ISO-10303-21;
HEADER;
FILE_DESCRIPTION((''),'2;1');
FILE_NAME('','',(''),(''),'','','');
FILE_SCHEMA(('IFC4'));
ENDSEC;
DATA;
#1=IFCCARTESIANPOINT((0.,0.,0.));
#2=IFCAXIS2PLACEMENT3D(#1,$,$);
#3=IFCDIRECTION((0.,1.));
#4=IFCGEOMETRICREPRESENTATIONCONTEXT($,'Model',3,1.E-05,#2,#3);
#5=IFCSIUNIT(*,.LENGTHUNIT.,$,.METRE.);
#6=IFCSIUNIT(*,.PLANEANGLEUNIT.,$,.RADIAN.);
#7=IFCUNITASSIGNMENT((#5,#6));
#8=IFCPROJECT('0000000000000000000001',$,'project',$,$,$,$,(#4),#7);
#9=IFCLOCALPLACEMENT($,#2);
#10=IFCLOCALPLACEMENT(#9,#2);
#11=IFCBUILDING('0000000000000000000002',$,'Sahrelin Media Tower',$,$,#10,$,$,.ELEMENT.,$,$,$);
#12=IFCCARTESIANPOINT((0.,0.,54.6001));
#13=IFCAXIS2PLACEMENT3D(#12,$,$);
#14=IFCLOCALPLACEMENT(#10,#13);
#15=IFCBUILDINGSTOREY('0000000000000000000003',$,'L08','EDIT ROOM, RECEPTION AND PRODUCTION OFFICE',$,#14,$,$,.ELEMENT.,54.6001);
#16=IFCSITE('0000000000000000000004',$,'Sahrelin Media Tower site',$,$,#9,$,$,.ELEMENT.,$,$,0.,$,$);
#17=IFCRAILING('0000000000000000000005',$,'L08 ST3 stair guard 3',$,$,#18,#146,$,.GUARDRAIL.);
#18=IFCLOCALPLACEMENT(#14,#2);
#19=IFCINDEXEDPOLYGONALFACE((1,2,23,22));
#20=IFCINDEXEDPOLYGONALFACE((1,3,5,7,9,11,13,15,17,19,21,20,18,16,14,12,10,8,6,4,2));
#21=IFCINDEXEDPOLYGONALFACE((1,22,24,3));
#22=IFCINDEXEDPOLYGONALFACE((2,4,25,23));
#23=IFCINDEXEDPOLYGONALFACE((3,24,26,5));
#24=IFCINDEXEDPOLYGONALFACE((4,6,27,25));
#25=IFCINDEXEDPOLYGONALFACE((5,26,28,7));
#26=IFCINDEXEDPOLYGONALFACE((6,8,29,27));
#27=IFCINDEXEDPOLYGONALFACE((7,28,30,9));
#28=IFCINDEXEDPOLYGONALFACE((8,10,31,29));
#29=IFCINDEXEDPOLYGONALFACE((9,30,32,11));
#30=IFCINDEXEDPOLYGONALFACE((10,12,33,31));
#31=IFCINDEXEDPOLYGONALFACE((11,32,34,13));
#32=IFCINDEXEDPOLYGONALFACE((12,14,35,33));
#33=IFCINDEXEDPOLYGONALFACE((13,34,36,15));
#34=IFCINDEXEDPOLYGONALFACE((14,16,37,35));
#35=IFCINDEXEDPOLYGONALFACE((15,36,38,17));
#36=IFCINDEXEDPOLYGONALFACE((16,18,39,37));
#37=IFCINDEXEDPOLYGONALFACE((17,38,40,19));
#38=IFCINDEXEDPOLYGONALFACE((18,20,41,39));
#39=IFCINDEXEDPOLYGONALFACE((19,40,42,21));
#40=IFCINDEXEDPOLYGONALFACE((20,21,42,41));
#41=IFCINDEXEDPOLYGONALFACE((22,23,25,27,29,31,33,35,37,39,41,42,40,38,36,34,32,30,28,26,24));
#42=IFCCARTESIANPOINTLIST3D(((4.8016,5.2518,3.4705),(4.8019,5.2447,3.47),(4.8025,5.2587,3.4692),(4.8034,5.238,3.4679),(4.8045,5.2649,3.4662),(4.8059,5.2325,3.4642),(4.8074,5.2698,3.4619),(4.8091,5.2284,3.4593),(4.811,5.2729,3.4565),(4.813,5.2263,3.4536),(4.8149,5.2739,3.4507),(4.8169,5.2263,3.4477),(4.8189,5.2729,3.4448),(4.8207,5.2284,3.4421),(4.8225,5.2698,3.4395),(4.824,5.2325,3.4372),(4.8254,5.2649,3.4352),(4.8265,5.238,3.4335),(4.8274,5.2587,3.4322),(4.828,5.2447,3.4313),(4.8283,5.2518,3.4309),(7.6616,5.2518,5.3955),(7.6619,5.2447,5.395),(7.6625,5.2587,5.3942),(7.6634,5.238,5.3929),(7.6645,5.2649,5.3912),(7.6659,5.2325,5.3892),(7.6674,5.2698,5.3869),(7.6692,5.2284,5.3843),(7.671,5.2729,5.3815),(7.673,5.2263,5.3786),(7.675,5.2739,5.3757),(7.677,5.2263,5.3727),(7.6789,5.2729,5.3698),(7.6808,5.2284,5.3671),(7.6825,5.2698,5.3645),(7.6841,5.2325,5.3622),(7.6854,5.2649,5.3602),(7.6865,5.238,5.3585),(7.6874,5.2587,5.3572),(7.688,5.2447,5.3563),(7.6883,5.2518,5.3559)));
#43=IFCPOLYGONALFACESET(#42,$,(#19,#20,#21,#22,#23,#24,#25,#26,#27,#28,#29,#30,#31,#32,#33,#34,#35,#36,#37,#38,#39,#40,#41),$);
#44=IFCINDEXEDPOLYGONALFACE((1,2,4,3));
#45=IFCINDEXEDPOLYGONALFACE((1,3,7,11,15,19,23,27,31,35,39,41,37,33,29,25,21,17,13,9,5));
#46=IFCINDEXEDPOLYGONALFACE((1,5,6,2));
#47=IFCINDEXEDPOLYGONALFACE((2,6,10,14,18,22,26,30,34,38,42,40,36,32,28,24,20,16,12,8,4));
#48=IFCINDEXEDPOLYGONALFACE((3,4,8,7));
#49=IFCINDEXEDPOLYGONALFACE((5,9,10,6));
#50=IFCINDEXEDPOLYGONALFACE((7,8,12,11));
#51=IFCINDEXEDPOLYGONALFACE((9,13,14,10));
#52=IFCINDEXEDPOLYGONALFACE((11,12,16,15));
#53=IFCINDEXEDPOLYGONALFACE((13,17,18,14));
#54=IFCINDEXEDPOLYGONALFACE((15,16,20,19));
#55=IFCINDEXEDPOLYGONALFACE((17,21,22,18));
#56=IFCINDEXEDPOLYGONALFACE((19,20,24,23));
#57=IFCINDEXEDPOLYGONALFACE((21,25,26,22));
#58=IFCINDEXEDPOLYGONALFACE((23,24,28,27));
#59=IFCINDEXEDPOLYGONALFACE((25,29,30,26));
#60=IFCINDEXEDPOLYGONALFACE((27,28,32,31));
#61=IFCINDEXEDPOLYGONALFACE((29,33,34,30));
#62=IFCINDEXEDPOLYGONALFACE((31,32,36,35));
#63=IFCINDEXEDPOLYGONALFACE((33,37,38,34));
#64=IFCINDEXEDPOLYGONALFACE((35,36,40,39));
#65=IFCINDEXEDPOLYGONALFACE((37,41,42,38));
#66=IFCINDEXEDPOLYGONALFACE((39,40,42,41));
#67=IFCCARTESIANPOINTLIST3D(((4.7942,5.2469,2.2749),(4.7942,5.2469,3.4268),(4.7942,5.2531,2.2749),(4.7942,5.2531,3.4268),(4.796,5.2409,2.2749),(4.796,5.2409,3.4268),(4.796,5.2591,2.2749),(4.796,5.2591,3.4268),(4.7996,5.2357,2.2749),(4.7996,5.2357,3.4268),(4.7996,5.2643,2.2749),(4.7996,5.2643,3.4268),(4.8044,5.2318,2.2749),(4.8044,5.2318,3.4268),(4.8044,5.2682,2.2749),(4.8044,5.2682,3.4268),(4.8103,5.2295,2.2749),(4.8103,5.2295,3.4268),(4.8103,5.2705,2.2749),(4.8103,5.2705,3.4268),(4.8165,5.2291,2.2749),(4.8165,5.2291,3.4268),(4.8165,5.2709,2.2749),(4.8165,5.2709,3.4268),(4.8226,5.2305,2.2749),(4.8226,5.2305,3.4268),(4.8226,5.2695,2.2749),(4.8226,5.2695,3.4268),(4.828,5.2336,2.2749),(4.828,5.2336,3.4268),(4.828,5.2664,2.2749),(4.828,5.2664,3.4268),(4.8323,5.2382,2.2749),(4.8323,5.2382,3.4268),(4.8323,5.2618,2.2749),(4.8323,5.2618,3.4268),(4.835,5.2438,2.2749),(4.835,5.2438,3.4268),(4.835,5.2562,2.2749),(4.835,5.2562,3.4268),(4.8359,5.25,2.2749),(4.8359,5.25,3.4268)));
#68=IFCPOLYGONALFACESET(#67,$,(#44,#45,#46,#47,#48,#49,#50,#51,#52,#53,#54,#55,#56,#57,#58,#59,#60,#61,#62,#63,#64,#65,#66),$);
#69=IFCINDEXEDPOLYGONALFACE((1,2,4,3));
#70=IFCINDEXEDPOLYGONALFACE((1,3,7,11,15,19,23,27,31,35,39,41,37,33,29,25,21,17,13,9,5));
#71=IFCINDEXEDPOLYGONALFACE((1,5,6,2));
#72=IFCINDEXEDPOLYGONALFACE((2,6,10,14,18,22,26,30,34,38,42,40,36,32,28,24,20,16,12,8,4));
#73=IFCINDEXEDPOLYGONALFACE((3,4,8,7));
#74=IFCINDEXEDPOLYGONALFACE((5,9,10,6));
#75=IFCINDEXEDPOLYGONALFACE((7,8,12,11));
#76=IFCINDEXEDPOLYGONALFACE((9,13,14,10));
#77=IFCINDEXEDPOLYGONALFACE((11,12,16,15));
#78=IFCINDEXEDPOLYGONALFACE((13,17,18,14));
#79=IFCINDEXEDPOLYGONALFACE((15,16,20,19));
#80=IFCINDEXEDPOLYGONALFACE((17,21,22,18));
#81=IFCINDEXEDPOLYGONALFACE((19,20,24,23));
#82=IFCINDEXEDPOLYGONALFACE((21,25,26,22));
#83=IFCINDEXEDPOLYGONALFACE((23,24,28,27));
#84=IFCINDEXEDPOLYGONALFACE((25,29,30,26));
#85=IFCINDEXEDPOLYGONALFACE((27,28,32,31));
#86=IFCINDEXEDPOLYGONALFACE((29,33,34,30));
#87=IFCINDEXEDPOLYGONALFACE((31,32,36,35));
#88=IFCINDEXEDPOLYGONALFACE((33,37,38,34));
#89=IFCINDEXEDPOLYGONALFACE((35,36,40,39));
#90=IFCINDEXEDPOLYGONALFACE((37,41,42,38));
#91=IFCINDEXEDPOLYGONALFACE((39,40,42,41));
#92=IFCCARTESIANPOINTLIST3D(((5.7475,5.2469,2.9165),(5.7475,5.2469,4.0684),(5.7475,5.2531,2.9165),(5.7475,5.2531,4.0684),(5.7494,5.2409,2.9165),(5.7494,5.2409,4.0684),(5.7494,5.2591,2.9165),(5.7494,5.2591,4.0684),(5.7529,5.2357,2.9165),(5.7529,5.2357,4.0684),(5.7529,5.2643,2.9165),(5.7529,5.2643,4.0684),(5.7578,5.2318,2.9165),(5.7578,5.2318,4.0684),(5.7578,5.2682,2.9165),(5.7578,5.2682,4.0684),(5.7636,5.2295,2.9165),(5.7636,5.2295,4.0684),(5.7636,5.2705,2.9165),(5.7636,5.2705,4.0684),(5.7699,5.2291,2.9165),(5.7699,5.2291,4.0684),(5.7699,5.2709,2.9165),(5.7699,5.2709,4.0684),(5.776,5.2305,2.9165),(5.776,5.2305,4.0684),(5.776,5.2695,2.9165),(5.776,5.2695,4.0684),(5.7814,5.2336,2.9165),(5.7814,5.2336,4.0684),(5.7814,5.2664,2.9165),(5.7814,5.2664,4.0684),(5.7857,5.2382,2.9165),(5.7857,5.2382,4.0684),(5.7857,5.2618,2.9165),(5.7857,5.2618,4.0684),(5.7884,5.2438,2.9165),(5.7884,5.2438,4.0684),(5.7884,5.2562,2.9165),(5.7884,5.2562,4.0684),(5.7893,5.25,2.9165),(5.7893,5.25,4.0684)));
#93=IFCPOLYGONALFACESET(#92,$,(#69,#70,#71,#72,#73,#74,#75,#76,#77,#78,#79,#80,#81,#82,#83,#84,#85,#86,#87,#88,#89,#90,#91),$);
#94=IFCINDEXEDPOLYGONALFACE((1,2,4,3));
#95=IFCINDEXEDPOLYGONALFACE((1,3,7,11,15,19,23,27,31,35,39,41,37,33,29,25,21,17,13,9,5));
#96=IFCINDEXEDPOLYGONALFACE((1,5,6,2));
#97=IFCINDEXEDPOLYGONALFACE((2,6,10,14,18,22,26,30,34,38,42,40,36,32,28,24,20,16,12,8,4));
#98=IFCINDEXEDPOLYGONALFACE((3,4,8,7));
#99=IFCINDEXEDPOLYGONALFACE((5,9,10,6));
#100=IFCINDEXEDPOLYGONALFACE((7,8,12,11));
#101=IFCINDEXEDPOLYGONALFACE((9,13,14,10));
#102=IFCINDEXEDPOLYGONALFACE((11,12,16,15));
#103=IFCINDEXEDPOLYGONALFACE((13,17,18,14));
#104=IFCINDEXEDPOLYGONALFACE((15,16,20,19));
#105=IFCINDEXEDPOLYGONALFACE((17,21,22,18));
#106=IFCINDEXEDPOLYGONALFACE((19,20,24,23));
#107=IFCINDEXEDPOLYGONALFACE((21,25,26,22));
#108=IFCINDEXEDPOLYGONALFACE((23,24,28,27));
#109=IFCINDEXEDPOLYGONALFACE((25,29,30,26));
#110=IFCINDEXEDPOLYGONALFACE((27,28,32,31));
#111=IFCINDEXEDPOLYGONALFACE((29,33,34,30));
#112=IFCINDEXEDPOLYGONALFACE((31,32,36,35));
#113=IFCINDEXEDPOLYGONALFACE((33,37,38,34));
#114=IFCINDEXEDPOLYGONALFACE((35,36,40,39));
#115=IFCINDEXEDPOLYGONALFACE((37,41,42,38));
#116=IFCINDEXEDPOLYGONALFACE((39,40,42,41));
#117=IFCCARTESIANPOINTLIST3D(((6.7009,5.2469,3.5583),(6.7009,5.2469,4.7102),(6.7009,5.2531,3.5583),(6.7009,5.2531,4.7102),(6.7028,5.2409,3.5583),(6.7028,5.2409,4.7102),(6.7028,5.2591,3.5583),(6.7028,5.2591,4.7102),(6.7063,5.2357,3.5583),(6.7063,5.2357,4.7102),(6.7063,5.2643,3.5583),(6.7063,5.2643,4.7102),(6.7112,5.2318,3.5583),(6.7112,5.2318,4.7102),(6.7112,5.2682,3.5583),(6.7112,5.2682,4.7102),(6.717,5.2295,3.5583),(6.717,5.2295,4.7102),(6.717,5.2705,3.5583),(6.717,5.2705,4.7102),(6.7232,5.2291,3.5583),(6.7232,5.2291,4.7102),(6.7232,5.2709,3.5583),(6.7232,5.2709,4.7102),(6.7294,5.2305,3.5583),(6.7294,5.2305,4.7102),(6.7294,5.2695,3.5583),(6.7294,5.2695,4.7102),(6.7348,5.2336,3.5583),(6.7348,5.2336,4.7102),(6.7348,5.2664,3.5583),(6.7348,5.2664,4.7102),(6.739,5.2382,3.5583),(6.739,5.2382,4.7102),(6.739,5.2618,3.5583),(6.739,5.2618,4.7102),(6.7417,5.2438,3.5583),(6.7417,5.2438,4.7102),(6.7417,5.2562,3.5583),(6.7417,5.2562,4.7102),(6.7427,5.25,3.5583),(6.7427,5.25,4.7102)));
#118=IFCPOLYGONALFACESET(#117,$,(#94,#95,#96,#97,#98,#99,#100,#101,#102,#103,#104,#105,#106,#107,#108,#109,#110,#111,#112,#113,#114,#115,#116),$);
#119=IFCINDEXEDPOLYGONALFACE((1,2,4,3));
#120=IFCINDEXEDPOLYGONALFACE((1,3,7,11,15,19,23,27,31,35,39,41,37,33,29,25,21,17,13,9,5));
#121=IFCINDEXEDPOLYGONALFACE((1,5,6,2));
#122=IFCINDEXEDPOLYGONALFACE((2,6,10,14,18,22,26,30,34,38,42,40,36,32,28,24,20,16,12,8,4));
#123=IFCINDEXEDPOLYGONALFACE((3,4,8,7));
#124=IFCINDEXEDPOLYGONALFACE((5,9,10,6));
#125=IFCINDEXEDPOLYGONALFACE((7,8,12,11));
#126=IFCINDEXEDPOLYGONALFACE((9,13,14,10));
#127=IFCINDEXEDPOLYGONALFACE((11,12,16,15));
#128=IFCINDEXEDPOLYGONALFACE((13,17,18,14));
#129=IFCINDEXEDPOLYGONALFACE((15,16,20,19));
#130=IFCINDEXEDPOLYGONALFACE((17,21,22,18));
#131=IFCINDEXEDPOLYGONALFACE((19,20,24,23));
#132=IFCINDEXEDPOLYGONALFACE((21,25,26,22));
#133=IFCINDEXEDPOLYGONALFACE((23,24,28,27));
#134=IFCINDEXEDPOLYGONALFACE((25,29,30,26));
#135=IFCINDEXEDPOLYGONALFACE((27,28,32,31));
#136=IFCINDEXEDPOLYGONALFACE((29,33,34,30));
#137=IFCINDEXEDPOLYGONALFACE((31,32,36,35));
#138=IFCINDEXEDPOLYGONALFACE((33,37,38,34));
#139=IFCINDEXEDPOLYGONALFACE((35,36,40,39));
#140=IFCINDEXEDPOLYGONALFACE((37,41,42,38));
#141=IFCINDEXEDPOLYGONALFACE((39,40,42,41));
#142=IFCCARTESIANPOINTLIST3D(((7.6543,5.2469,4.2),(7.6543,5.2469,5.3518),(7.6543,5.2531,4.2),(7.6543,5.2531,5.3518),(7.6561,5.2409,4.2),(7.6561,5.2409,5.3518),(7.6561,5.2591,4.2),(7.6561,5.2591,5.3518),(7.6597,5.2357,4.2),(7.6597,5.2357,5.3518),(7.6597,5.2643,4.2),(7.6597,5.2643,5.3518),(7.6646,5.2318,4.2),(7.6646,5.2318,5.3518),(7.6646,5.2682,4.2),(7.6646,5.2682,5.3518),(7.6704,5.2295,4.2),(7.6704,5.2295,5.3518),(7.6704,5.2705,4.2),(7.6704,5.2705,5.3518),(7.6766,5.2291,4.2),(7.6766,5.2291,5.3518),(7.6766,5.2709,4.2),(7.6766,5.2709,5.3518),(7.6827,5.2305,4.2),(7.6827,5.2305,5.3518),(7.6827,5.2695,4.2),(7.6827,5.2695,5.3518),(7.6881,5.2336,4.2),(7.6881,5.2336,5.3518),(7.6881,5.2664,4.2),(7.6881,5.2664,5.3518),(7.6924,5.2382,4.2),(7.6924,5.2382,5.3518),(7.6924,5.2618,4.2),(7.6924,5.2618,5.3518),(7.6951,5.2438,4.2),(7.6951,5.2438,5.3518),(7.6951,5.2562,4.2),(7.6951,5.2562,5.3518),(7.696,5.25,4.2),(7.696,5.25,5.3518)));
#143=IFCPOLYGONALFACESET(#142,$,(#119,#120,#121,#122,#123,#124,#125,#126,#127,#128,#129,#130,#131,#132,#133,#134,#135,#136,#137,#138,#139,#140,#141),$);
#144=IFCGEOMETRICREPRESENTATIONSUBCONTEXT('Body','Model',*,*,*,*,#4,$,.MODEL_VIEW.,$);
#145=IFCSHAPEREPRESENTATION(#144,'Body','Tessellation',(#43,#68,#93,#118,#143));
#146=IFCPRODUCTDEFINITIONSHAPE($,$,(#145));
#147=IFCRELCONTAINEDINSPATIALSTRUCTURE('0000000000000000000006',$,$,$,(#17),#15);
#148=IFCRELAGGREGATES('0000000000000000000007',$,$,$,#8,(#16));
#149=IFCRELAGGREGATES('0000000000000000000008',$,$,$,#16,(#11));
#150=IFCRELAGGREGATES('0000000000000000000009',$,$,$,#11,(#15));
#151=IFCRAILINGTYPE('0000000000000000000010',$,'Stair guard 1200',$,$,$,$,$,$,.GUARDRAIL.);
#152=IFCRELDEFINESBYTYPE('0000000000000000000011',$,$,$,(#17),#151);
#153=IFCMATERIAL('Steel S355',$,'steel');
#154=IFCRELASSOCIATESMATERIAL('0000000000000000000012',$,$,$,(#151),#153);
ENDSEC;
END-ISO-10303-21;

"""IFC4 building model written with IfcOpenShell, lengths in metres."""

from ifc_helpers import new_model, si_unit, direction, frame, origin, origin_2d, place, context, subcontext, project, spatial, circle, extrude, material, type_object, element, save


model = new_model("IFC4")

# Units and contexts
model_context = context("Model", 3, precision=1e-05, world=origin(), true_north=direction((0.0, 1.0)))
body_context = subcontext(model_context, "Body", "Model", "MODEL_VIEW")
ifc_project = project(units=[si_unit("LENGTHUNIT", "METRE"), si_unit("PLANEANGLEUNIT", "RADIAN")], contexts=[model_context])

# Site, building, storey
site_placement = place(None, origin())
site = spatial("IfcSite", under=ifc_project, at=site_placement, Name="Sahrelin Media Tower site", CompositionType="ELEMENT", RefElevation=0.0)
building_placement = place(site_placement, origin())
building = spatial("IfcBuilding", under=site, at=building_placement, Name="Sahrelin Media Tower", CompositionType="ELEMENT")
storey_placement = place(building_placement, frame((0.0, 0.0, 54.6001)))
storey = spatial("IfcBuildingStorey", under=building, at=storey_placement, Name="L08", Description="EDIT ROOM, RECEPTION AND PRODUCTION OFFICE", CompositionType="ELEMENT", Elevation=54.6001)

# Shared definitions
ifc_material_1 = material(Name="Steel S355", Category="steel")

# Railing
railing_type_1 = type_object("IfcRailingType", Name="Stair guard 1200", PredefinedType="GUARDRAIL", material=ifc_material_1)
railing_1_placement = place(storey_placement, frame((4.8149, 5.25, 2.2749)))
element("IfcRailing", 1, at=railing_1_placement, inside=storey, type_object=railing_type_1, Name="L08 ST3 stair guard 3", PredefinedType="GUARDRAIL", context=body_context, shape_type="SweptSolid", body=[
    extrude(circle(Radius=0.0239, at=origin_2d()), frame((0.0, 0.0, 1.1758), z_axis=(0.829591, 0.0, 0.558372), x_axis=(0.0, 1.0, 0.0)), (0.0, 0.0, 1.0), 3.4475),
    extrude(circle(Radius=0.021, at=origin_2d()), origin(), (0.0, 0.0, 1.0), 1.1519),
    extrude(circle(Radius=0.021, at=origin_2d()), frame((0.9534, 0.0, 0.6416)), (0.0, 0.0, 1.0), 1.1519),
    extrude(circle(Radius=0.021, at=origin_2d()), frame((1.9067, 0.0, 1.2834)), (0.0, 0.0, 1.0), 1.1519),
    extrude(circle(Radius=0.021, at=origin_2d()), frame((2.8601, 0.0, 1.925)), (0.0, 0.0, 1.0), 1.1519),
])

save(model, "model.ifc")
